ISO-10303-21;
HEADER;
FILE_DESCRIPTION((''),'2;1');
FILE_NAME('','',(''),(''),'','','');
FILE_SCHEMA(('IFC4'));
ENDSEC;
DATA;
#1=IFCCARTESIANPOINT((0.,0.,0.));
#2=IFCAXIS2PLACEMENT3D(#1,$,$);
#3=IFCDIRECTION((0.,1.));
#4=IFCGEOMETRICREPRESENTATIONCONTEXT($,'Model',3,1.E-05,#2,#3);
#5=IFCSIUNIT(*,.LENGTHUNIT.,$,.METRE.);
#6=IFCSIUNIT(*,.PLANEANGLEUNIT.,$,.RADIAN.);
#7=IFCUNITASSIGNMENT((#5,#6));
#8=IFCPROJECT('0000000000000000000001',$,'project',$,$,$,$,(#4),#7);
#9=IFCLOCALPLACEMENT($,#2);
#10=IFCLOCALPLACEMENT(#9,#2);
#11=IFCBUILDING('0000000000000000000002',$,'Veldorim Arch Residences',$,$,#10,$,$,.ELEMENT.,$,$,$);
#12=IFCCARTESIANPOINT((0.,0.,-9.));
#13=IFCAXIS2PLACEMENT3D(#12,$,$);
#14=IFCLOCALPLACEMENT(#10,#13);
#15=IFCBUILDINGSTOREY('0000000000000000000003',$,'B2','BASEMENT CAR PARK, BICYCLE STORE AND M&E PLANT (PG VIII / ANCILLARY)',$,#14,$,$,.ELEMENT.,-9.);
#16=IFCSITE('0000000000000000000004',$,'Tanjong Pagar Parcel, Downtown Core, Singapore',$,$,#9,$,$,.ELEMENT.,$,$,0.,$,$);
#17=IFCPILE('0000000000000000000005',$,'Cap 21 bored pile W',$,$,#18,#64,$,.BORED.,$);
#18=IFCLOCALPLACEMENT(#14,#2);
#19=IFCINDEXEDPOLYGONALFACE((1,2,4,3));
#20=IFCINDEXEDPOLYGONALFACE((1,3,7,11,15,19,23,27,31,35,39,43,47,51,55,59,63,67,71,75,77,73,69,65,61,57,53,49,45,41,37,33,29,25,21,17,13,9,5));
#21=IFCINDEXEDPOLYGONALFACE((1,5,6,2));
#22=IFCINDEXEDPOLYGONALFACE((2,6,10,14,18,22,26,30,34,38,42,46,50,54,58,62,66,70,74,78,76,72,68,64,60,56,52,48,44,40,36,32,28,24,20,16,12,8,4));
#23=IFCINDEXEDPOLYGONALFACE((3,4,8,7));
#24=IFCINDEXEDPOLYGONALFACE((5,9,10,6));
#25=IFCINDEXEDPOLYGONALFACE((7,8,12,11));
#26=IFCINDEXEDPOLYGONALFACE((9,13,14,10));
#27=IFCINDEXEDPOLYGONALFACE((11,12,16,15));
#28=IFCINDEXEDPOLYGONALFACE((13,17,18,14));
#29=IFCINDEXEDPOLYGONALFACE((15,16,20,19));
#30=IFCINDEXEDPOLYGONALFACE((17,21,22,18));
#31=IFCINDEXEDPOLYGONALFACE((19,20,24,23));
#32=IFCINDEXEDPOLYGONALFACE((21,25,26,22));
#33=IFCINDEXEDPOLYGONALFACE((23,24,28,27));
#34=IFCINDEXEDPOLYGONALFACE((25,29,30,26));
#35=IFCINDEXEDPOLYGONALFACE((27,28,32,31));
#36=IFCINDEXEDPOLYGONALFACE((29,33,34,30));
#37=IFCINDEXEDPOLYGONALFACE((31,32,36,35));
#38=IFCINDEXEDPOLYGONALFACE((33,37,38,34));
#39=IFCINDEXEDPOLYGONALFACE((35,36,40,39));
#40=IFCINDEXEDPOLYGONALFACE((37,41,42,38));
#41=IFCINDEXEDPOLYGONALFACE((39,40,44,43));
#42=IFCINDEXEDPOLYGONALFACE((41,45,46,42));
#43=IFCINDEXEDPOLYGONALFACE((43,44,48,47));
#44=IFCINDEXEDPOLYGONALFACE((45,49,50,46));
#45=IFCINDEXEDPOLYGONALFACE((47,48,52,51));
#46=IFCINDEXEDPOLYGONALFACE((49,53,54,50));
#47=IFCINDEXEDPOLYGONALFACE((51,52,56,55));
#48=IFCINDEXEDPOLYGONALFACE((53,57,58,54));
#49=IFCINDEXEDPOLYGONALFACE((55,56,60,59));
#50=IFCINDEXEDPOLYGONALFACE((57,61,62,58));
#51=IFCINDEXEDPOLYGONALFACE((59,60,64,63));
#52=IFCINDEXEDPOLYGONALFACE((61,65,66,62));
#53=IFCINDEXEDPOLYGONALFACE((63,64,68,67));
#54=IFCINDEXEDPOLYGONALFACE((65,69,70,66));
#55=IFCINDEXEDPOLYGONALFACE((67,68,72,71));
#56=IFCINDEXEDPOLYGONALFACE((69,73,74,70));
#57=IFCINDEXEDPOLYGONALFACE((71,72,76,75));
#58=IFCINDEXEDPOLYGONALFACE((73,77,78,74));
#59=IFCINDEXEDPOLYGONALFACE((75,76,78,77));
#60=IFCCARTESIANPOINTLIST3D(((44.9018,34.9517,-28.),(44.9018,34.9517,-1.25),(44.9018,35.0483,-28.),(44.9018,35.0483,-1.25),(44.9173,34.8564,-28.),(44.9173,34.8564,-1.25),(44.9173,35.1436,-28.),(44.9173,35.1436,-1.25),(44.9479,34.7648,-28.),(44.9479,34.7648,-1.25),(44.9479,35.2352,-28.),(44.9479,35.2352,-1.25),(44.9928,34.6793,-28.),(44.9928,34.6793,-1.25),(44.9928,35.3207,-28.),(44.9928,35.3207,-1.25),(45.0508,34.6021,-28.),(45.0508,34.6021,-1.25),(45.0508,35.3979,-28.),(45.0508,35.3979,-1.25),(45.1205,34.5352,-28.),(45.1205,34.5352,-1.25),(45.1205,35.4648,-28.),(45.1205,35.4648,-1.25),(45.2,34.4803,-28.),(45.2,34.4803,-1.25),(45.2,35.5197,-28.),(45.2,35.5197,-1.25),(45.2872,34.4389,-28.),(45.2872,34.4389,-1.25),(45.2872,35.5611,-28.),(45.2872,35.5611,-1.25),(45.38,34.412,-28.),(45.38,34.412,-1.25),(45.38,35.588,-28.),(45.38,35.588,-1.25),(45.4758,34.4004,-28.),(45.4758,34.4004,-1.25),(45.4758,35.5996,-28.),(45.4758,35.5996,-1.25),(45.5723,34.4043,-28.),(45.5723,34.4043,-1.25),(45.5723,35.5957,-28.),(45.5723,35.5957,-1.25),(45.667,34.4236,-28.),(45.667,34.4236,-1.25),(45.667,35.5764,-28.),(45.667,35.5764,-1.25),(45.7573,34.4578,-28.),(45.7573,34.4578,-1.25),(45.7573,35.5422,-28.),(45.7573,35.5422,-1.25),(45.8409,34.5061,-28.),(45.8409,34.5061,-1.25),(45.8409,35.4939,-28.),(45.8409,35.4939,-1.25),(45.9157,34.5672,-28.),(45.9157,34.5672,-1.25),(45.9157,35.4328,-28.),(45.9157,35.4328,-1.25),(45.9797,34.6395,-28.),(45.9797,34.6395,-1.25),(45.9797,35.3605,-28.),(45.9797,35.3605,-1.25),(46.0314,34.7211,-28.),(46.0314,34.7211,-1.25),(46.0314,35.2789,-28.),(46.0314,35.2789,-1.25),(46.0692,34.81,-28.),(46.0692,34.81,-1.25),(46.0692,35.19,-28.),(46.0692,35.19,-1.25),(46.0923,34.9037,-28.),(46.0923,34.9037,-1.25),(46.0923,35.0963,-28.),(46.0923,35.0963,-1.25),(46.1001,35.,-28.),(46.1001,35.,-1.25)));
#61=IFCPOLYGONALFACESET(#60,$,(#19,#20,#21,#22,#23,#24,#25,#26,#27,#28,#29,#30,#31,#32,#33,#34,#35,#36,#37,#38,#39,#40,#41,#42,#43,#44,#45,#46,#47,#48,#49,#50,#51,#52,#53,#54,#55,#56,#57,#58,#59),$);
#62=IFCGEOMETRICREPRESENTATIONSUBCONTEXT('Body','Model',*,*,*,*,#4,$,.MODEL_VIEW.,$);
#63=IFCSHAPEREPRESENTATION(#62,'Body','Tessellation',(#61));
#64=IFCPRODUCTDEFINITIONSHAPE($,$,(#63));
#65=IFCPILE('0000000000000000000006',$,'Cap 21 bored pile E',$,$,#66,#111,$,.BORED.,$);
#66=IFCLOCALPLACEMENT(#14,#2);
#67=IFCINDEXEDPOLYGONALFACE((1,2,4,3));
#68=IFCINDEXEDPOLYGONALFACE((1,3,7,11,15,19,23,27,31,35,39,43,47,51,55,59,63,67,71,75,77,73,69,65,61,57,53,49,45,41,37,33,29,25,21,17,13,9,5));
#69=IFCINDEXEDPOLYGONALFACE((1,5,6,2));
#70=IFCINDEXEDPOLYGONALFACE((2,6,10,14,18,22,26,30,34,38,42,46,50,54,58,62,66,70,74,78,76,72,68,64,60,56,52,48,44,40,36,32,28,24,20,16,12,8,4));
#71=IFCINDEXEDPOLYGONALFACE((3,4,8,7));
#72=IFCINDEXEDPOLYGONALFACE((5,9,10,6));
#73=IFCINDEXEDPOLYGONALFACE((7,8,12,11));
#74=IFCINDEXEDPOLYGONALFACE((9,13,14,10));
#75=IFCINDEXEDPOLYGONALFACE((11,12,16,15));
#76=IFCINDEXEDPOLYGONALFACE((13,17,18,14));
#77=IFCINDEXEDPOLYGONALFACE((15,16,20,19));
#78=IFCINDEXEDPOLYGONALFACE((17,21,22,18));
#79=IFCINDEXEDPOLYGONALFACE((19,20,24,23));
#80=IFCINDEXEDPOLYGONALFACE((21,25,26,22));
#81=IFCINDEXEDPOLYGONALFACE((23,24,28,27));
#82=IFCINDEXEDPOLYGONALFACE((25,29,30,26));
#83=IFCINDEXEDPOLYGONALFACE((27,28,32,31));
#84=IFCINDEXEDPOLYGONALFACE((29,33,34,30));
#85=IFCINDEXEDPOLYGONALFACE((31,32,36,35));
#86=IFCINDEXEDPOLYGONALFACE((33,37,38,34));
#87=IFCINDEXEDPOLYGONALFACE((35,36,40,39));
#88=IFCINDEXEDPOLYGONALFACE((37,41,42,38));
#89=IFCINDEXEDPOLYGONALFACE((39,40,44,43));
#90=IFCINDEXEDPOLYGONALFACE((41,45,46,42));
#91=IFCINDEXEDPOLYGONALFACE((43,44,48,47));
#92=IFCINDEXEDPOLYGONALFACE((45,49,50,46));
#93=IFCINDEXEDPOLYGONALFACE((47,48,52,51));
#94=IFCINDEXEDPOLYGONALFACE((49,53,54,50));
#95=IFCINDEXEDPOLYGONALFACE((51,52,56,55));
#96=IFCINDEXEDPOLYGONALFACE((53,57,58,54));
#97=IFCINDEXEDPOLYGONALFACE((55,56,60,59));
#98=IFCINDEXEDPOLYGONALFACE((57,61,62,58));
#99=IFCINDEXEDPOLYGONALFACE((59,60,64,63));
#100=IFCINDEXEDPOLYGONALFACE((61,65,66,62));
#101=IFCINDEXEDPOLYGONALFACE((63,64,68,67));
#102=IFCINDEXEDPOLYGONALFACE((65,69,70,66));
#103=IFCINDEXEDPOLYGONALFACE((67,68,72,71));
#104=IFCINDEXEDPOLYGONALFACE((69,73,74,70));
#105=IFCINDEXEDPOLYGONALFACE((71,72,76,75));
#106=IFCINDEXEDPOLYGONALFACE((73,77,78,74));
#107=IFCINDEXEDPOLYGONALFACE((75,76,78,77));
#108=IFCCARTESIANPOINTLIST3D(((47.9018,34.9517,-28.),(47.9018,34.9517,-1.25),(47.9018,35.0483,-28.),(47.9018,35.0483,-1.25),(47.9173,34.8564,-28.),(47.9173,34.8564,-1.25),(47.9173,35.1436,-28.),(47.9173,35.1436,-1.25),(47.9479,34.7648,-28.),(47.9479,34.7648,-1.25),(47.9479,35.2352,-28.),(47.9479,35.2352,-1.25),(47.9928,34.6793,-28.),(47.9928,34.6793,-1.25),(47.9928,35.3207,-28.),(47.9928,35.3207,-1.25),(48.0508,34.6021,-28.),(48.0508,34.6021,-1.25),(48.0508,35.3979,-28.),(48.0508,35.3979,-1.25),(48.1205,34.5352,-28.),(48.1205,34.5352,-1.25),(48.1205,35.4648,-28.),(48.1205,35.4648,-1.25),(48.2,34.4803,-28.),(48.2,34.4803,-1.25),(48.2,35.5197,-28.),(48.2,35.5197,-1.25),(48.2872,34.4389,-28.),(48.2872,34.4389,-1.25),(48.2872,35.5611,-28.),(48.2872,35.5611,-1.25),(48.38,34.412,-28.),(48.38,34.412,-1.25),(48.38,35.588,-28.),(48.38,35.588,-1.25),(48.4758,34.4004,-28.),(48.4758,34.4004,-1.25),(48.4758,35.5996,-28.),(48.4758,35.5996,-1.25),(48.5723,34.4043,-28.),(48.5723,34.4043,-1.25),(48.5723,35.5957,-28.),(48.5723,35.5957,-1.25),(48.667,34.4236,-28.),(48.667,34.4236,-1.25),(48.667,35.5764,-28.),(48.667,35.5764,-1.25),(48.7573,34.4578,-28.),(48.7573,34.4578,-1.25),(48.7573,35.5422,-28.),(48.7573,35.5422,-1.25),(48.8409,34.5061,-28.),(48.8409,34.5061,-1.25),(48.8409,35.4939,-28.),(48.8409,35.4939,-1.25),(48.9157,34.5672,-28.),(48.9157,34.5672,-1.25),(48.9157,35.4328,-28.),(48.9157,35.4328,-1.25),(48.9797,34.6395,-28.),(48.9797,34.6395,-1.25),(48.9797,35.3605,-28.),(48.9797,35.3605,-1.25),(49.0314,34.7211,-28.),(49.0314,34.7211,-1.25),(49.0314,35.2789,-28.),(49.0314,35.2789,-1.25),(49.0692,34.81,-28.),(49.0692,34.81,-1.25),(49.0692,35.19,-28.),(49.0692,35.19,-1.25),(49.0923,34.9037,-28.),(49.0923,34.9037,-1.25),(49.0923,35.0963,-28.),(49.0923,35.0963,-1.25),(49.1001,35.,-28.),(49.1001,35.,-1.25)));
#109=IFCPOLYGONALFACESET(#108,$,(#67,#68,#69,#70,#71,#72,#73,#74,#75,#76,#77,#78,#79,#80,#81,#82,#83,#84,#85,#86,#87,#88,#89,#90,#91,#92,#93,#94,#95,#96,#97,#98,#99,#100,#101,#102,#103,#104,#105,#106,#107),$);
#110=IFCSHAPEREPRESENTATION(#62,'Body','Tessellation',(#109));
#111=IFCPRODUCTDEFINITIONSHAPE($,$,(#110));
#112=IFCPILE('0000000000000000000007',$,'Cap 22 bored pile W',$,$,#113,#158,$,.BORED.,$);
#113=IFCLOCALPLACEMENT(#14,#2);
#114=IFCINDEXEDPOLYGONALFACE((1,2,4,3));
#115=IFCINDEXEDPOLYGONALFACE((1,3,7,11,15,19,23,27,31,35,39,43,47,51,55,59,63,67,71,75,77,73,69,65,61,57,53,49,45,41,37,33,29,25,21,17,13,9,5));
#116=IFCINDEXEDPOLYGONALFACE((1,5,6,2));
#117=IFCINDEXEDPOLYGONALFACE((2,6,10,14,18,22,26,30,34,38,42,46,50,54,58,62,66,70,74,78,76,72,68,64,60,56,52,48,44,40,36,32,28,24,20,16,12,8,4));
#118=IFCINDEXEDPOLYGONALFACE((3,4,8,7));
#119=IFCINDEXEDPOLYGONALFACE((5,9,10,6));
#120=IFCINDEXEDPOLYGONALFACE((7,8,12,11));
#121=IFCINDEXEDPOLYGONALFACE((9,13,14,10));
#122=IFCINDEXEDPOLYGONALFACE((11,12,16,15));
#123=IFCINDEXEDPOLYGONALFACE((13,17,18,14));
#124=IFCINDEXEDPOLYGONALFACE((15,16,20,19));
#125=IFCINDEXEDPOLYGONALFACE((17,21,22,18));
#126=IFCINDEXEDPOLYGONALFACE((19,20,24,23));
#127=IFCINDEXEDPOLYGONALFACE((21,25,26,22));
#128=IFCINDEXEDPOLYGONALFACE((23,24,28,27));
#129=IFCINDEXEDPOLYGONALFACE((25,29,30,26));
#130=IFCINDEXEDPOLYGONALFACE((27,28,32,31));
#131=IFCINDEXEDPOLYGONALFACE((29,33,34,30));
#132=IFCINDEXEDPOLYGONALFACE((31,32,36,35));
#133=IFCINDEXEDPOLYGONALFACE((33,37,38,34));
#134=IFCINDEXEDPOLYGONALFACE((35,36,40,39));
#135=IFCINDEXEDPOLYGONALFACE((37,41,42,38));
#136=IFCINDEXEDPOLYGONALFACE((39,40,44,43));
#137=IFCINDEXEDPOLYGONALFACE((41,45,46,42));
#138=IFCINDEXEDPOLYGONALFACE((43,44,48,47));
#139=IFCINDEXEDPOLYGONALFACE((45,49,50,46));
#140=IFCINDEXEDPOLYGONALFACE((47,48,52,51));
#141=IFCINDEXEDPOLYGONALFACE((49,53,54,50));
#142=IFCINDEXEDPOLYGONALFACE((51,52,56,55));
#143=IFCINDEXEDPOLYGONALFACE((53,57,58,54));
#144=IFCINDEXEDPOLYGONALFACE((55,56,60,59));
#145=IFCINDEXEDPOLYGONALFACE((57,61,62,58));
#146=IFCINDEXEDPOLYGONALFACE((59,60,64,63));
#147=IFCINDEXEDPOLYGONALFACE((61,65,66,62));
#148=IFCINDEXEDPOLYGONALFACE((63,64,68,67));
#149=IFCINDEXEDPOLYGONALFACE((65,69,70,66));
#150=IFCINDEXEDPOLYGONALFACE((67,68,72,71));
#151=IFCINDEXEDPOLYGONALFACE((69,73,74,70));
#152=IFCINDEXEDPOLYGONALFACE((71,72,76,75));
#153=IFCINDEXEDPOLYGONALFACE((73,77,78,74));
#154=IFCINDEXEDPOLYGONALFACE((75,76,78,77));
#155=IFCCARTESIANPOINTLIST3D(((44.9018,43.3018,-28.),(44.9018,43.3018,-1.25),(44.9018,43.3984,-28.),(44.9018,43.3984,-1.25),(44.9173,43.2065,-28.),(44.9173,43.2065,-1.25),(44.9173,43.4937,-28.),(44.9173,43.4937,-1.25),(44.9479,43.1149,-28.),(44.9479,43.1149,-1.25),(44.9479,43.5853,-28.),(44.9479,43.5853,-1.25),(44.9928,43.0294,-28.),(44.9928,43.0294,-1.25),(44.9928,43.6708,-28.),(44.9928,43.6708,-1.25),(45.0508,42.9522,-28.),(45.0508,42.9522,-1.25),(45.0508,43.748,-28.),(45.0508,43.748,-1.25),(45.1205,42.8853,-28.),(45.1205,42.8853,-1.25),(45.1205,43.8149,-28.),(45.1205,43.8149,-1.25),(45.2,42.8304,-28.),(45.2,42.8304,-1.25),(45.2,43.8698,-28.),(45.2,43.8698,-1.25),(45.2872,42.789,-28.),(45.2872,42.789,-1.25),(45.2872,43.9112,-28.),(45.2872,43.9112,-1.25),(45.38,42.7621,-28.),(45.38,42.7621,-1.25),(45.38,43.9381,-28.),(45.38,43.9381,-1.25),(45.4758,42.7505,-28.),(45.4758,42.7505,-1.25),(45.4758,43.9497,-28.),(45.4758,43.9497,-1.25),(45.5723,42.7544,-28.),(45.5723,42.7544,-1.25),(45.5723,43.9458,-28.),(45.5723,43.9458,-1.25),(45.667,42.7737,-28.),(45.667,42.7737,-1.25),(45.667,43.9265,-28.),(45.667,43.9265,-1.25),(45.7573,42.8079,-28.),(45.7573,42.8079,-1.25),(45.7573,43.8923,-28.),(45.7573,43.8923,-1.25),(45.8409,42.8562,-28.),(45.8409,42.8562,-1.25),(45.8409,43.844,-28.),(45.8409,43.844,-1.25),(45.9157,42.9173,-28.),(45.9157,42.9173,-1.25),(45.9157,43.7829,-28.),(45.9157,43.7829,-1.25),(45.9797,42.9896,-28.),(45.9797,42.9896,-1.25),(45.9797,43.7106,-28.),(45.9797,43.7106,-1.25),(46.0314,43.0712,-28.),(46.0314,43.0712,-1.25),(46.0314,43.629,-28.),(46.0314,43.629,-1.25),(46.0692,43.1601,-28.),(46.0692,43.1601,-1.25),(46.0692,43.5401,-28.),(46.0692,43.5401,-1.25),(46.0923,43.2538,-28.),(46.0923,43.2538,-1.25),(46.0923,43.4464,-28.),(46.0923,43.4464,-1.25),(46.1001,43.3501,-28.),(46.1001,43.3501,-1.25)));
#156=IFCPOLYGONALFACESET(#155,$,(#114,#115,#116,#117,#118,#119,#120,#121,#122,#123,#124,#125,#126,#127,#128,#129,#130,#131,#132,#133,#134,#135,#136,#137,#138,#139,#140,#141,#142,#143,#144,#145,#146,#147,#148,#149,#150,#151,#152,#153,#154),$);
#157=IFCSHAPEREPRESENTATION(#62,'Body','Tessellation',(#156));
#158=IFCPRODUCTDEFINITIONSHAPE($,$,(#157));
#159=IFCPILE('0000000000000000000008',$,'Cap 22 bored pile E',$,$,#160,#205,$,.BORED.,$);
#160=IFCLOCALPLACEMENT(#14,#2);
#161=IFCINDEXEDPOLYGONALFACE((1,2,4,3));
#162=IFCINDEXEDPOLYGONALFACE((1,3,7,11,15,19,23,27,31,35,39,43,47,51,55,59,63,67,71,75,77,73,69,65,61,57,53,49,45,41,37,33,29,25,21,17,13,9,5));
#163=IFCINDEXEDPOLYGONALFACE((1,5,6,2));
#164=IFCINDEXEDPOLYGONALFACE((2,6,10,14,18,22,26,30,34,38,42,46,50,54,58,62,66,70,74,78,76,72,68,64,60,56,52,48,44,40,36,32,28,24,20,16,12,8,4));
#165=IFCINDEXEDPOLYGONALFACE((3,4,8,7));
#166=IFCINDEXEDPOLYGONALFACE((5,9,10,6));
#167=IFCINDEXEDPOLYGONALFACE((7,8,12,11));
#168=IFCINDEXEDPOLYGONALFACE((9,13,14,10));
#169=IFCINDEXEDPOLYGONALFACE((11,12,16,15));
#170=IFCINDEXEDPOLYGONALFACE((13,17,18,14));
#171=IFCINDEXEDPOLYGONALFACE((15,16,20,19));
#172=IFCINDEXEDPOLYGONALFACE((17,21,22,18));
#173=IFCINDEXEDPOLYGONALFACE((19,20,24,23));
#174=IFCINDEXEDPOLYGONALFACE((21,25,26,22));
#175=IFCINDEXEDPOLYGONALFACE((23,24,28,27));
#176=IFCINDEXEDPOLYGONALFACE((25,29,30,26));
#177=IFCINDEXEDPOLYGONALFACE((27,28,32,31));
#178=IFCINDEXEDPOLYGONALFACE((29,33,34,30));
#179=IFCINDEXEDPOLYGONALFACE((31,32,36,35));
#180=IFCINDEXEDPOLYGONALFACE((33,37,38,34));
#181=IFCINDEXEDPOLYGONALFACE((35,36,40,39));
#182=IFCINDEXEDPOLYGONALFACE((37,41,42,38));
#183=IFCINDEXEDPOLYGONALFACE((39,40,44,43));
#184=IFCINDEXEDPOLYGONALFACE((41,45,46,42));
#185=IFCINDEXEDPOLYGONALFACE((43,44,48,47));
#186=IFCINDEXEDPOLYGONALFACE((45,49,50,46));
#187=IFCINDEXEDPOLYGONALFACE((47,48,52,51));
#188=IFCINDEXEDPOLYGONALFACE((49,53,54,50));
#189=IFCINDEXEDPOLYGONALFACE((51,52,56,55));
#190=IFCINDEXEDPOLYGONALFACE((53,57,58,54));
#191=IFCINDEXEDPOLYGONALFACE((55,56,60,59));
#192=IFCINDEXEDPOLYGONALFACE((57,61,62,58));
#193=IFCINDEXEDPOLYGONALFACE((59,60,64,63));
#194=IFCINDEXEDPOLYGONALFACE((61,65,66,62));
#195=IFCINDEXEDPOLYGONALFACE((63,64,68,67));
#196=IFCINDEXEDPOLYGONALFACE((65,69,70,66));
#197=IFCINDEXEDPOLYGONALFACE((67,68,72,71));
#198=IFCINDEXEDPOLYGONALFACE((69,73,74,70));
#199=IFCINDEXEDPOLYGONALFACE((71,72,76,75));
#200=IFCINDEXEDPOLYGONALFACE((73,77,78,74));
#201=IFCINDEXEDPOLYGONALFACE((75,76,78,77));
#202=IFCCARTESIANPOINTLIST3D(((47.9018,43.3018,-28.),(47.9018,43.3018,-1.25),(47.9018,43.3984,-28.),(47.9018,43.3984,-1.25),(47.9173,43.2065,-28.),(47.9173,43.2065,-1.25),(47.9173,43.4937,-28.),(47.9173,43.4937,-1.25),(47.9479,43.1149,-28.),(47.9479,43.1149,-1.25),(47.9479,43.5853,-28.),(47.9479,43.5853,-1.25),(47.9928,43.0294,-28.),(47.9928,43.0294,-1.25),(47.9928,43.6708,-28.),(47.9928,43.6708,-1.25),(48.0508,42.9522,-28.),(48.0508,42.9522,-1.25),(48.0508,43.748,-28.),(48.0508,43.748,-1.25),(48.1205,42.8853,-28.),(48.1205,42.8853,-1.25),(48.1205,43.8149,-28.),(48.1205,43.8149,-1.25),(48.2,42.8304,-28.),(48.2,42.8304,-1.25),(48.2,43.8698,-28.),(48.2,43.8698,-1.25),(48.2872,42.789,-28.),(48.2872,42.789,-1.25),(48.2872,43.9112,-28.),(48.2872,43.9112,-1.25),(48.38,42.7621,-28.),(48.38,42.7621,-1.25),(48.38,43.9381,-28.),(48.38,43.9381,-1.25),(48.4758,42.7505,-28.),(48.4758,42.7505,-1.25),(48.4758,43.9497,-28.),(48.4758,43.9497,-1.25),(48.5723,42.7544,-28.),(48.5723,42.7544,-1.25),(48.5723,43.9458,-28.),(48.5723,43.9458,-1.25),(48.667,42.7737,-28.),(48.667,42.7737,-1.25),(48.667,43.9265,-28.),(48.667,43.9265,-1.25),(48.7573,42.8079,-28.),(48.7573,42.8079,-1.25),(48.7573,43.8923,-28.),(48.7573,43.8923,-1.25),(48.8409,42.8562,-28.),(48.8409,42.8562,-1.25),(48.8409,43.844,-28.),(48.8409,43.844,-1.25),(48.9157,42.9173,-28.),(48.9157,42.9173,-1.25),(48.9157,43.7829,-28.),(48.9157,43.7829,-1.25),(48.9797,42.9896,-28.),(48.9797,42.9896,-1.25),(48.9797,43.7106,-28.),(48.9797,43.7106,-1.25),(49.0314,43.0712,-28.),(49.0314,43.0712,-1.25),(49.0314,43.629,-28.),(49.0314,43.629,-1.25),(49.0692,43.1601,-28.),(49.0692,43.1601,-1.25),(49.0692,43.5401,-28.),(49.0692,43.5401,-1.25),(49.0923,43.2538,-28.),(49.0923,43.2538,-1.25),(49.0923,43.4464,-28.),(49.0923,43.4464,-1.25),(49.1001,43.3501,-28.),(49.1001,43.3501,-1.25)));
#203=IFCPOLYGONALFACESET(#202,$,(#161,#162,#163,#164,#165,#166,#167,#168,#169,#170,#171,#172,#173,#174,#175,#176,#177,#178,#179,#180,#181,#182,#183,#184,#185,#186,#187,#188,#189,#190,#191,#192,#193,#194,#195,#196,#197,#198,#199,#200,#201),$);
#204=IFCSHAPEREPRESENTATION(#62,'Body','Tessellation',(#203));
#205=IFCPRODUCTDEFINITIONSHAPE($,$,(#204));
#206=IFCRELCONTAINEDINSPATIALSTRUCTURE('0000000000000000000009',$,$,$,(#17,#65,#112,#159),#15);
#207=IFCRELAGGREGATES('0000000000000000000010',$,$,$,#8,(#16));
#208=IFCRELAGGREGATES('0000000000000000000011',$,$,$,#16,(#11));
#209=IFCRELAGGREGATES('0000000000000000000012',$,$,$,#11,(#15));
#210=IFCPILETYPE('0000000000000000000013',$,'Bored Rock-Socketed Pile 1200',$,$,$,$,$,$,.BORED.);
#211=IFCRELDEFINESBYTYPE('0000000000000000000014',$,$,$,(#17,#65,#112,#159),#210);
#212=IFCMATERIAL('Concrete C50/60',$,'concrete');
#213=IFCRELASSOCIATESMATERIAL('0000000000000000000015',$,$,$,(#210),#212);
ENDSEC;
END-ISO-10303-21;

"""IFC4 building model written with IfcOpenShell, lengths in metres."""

from ifc_helpers import new_model, si_unit, direction, frame, origin, origin_2d, place, context, subcontext, project, spatial, circle, extrude, material, material_profile, profile_set, type_object, element, save


model = new_model("IFC4")

# Units and contexts
model_context = context("Model", 3, precision=1e-05, world=origin(), true_north=direction((0.0, 1.0)))
body_context = subcontext(model_context, "Body", "Model", "MODEL_VIEW")
ifc_project = project(units=[si_unit("LENGTHUNIT", "METRE"), si_unit("PLANEANGLEUNIT", "RADIAN")], contexts=[model_context])

# Site, building, storey
site_placement = place(None, origin())
site = spatial("IfcSite", under=ifc_project, at=site_placement, Name="Tanjong Pagar Parcel, Downtown Core, Singapore", CompositionType="ELEMENT", RefElevation=0.0)
building_placement = place(site_placement, origin())
building = spatial("IfcBuilding", under=site, at=building_placement, Name="Veldorim Arch Residences", CompositionType="ELEMENT")
storey_placement = place(building_placement, frame((0.0, 0.0, -9.0)))
storey = spatial("IfcBuildingStorey", under=building, at=storey_placement, Name="B2", Description="BASEMENT CAR PARK, BICYCLE STORE AND M&E PLANT (PG VIII / ANCILLARY)", CompositionType="ELEMENT", Elevation=-9.0)

# Piles
ifc_material_1 = material(Name="Concrete C50/60", Category="concrete")
ifc_material_profile_1 = material_profile(ifc_material_1, circle(Radius=0.6001, at=origin_2d()), Name="PILE_1200")
ifc_profile_set_1 = profile_set([ifc_material_profile_1], Name="Concrete C50/60")
pile_type_1 = type_object("IfcPileType", Name="Bored Rock-Socketed Pile 1200", PredefinedType="BORED", material=ifc_profile_set_1)
for number, where, z_axis, x_axis, name in (
    (1, (45.5, 35.0, -1.25), (0.0, 0.0, -1.0), (1.0, 0.0, 0.0), "Cap 21 bored pile W"),
    (2, (48.5, 35.0, -1.25), (0.0, 0.0, -1.0), (1.0, 0.0, 0.0), "Cap 21 bored pile E"),
    (3, (45.5, 43.3501, -1.25), (0.0, 0.0, -1.0), (1.0, 0.0, 0.0), "Cap 22 bored pile W"),
    (4, (48.5, 43.3501, -1.25), (0.0, 0.0, -1.0), (1.0, 0.0, 0.0), "Cap 22 bored pile E"),
):
    element("IfcPile", number, at=place(storey_placement, frame(where, z_axis=z_axis, x_axis=x_axis)), inside=storey, type_object=pile_type_1, Name=name, PredefinedType="BORED", context=body_context, shape_type="SweptSolid", body=[
        extrude(circle(Radius=0.6001, at=origin_2d()), origin(), (0.0, 0.0, 1.0), 26.75),
    ])

save(model, "model.ifc")
